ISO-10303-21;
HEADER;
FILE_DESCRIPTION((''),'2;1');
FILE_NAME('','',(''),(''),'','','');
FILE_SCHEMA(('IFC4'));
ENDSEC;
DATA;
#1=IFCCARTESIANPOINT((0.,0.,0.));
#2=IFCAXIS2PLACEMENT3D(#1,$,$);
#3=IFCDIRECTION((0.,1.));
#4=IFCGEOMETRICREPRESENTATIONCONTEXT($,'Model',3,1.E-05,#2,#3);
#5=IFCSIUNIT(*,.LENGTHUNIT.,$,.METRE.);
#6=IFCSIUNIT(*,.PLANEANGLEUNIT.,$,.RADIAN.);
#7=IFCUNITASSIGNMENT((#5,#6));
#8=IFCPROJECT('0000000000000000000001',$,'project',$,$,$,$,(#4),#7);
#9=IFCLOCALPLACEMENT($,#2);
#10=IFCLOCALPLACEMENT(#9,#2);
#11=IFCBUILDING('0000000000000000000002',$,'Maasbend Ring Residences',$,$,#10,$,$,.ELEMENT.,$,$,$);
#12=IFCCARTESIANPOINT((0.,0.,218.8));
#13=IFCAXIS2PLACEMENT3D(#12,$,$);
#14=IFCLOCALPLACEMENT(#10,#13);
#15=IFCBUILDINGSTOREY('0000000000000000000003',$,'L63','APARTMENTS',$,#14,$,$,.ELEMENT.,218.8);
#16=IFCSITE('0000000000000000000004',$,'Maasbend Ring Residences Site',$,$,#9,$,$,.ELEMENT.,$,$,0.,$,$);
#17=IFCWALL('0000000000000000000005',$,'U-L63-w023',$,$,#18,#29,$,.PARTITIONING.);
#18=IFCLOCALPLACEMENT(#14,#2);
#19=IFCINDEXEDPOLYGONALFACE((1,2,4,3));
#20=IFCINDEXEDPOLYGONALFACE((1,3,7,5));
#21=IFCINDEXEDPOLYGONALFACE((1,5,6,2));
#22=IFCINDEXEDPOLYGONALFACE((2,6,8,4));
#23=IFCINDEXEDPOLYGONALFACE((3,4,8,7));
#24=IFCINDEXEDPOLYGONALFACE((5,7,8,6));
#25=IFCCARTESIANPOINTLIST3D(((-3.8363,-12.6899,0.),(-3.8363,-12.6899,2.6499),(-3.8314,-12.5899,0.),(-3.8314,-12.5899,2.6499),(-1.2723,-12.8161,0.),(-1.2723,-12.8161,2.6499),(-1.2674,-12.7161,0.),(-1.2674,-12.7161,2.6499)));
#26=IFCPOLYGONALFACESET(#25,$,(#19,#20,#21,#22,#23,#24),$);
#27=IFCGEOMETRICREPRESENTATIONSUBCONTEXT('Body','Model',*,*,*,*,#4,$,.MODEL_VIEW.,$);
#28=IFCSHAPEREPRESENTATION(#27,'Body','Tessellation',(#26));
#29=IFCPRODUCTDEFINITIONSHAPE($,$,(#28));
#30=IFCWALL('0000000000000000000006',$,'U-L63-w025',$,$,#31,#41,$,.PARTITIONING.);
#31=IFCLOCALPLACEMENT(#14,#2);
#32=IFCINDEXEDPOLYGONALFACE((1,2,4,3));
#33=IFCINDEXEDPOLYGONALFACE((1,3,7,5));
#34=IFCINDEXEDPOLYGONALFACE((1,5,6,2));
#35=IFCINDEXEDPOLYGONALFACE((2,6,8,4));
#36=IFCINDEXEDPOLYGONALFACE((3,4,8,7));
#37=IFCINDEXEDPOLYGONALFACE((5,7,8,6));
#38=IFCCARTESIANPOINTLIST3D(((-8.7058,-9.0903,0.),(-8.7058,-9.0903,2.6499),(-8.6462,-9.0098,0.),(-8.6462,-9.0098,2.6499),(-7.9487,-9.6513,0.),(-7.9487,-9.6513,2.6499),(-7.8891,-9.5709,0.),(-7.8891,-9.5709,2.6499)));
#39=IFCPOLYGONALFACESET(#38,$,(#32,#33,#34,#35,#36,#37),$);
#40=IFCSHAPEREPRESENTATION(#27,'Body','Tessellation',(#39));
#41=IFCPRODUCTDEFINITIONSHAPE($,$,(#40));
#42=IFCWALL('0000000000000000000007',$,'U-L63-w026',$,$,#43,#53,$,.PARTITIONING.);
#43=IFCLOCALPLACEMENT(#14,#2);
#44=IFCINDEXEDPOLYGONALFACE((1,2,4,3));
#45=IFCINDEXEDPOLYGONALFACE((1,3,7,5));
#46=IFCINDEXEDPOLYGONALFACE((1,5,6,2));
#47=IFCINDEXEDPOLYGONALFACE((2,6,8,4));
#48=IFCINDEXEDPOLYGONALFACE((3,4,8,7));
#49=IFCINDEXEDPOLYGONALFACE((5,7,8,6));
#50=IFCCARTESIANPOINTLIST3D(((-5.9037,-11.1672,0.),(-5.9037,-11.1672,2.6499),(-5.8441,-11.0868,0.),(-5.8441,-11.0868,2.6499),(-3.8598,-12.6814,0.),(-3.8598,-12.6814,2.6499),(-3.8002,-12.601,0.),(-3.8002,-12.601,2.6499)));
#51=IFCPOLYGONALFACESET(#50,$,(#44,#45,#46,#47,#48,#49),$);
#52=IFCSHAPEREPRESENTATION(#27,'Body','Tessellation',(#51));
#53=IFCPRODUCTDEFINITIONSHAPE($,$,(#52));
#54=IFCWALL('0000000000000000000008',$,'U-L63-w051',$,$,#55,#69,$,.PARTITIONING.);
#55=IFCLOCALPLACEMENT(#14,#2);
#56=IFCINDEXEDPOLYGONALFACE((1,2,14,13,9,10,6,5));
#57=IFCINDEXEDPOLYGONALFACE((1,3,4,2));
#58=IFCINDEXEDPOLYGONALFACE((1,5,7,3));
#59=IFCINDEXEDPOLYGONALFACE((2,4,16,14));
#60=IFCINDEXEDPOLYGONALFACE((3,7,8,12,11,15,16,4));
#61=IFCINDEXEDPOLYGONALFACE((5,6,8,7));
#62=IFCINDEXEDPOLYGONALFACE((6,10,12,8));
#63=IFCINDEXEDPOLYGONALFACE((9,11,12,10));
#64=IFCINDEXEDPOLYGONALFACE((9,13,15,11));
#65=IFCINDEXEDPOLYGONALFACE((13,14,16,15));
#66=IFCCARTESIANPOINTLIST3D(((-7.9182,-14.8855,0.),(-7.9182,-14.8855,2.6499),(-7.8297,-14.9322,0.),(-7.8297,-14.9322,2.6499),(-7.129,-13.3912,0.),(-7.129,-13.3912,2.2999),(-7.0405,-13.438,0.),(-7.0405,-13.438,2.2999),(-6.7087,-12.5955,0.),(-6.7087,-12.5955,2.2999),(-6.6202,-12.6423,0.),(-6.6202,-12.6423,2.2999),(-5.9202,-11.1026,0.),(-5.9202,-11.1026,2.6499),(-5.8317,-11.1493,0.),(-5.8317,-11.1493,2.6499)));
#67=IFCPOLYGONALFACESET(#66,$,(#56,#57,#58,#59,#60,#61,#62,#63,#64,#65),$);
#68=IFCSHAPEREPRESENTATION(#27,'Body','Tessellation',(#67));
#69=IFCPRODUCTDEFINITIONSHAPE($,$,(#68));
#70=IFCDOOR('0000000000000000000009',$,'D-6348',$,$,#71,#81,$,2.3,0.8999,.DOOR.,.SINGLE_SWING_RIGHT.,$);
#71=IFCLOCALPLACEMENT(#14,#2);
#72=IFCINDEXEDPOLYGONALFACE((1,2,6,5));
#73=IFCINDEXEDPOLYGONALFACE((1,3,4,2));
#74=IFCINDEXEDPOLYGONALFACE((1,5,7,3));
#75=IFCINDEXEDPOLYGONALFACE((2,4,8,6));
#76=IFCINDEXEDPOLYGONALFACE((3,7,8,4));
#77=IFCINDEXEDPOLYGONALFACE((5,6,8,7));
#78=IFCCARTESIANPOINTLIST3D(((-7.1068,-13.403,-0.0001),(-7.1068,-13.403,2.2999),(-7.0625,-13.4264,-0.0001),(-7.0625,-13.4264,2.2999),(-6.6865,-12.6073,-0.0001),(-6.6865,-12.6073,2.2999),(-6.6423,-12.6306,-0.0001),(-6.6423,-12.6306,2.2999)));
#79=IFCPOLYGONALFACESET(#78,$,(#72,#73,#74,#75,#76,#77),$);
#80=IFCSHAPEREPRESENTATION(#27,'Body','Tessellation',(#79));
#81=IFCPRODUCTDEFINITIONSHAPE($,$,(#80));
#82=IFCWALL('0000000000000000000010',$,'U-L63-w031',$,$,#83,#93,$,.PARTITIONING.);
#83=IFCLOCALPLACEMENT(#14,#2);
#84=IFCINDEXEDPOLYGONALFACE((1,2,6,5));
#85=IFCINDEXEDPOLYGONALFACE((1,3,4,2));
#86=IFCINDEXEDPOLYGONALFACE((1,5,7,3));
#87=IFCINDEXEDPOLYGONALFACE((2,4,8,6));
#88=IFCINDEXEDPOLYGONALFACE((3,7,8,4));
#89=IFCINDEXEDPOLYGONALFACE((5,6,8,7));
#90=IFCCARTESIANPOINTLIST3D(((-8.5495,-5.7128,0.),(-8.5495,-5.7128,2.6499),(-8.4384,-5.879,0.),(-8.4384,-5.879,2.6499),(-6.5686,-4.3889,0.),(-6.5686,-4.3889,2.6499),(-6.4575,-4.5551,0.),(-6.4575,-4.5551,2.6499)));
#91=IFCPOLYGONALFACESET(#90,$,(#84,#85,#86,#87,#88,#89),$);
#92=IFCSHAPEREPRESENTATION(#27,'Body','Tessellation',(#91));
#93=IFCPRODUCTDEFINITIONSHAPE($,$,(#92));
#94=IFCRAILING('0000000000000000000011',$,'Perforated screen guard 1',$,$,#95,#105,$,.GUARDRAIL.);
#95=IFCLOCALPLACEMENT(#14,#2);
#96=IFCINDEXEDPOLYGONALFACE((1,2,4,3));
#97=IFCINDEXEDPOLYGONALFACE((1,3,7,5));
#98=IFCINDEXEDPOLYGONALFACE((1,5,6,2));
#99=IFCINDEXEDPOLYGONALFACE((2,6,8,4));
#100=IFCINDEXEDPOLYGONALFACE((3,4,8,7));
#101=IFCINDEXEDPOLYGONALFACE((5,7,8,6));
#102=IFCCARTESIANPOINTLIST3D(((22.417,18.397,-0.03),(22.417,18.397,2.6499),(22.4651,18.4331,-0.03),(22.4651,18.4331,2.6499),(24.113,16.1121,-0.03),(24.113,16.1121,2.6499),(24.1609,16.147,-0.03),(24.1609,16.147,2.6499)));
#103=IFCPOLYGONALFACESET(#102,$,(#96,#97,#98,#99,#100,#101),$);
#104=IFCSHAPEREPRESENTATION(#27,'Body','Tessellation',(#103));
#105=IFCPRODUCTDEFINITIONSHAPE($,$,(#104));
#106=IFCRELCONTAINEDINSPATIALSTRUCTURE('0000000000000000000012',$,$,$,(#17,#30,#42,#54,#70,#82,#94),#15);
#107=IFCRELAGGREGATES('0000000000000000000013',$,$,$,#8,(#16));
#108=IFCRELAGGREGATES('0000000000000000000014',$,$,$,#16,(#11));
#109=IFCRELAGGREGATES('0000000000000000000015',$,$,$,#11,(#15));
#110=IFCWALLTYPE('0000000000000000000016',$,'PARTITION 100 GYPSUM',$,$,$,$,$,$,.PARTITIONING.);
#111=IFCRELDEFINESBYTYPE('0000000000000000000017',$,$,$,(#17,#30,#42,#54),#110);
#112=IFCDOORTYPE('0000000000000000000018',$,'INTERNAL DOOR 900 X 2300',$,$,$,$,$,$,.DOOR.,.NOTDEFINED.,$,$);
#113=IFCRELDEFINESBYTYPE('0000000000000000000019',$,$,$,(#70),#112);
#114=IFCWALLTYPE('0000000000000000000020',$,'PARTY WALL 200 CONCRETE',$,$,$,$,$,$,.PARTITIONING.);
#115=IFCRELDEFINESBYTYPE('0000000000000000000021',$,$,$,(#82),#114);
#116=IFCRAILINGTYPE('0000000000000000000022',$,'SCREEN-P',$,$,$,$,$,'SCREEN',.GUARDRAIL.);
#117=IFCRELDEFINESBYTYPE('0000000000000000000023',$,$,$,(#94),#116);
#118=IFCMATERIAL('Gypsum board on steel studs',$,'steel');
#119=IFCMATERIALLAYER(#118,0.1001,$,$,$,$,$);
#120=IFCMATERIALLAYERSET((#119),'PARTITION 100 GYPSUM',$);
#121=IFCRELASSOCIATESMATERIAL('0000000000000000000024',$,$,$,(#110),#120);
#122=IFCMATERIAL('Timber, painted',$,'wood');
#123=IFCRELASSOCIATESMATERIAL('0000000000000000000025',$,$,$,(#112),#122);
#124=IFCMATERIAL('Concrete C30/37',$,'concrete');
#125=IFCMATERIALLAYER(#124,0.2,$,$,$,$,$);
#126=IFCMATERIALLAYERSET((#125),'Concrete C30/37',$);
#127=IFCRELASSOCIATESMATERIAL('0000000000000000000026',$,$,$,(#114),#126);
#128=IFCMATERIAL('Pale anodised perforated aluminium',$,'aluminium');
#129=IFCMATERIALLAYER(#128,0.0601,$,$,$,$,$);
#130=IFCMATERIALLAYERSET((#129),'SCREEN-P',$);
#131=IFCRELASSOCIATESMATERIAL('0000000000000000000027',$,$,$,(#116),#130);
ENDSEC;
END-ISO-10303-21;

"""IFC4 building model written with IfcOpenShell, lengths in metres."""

from ifc_helpers import new_model, si_unit, direction, frame, frame_2d, origin, place, context, subcontext, project, spatial, polyline, rectangle, outline, extrude, material, layer, layer_set, type_object, element, fill, save


model = new_model("IFC4")

# Units and contexts
model_context = context("Model", 3, precision=1e-05, world=origin(), true_north=direction((0.0, 1.0)))
body_context = subcontext(model_context, "Body", "Model", "MODEL_VIEW")
ifc_project = project(units=[si_unit("LENGTHUNIT", "METRE"), si_unit("PLANEANGLEUNIT", "RADIAN")], contexts=[model_context])

# Site, building, storey
site_placement = place(None, origin())
site = spatial("IfcSite", under=ifc_project, at=site_placement, Name="Maasbend Ring Residences Site", CompositionType="ELEMENT", RefElevation=0.0)
building_placement = place(site_placement, origin())
building = spatial("IfcBuilding", under=site, at=building_placement, Name="Maasbend Ring Residences", CompositionType="ELEMENT")
storey_placement = place(building_placement, frame((0.0, 0.0, 218.8)))
storey = spatial("IfcBuildingStorey", under=building, at=storey_placement, Name="L63", Description="APARTMENTS", CompositionType="ELEMENT", Elevation=218.8)

# Walls
ifc_material_1 = material(Name="Gypsum board on steel studs", Category="steel")
ifc_layer_1 = layer(ifc_material_1, 0.1001)
ifc_layer_set_1 = layer_set([ifc_layer_1], Name="PARTITION 100 GYPSUM")
wall_type_1 = type_object("IfcWallType", Name="PARTITION 100 GYPSUM", PredefinedType="PARTITIONING", material=ifc_layer_set_1)
wall_1_placement = place(storey_placement, frame((-3.834, -12.6399, 0.0), z_axis=(0.0, 0.0, 1.0), x_axis=(0.99879, -0.049169, 0.0)))
element("IfcWall", 1, at=wall_1_placement, inside=storey, type_object=wall_type_1, Name="U-L63-w023", PredefinedType="PARTITIONING", context=body_context, shape_type="SweptSolid", body=[
    extrude(rectangle(XDim=2.5671, YDim=0.1001, at=frame_2d((1.2837, 0.0))), origin(), (0.0, 0.0, 1.0), 2.6499),
])
wall_2_placement = place(storey_placement, frame((-8.676, -9.05, 0.0), z_axis=(0.0, 0.0, 1.0), x_axis=(0.803438, -0.595389, 0.0)))
element("IfcWall", 2, at=wall_2_placement, inside=storey, type_object=wall_type_1, Name="U-L63-w025", PredefinedType="PARTITIONING", context=body_context, shape_type="SweptSolid", body=[
    extrude(rectangle(XDim=0.9424, YDim=0.1001, at=frame_2d((0.4712, 0.0))), origin(), (0.0, 0.0, 1.0), 2.6499),
])
wall_3_placement = place(storey_placement, frame((-5.874, -11.127, 0.0), z_axis=(0.0, 0.0, 1.0), x_axis=(0.803533, -0.59526, 0.0)))
element("IfcWall", 3, at=wall_3_placement, inside=storey, type_object=wall_type_1, Name="U-L63-w026", PredefinedType="PARTITIONING", context=body_context, shape_type="SweptSolid", body=[
    extrude(rectangle(XDim=2.5437, YDim=0.1001, at=frame_2d((1.272, 0.0))), origin(), (0.0, 0.0, 1.0), 2.6499),
])

# Wall, opening, door
wall_4_placement = place(storey_placement, frame((-7.874, -14.9089, 0.0), z_axis=(0.0, 0.0, 1.0), x_axis=(0.46703, 0.884241, 0.0)))
wall_4 = element("IfcWall", 4, at=wall_4_placement, inside=storey, type_object=wall_type_1, Name="U-L63-w051", PredefinedType="PARTITIONING", context=body_context, shape_type="SweptSolid", body=[
    extrude(rectangle(XDim=4.2781, YDim=0.1001, at=frame_2d((2.1392, 0.0))), origin(), (0.0, 0.0, 1.0), 2.6499),
])
opening_placement = place(wall_4_placement, frame((1.6899, 0.0, 0.0)))
opening = element("IfcOpeningElement", 5, at=opening_placement, cuts=wall_4, PredefinedType="OPENING", context=body_context, shape_type="SweptSolid", body=[
    extrude(rectangle(XDim=0.8999, YDim=2.3, at=frame_2d((0.45, 1.1499))), frame((0.0, 0.0601, 0.0), z_axis=(0.0, -1.0, 0.0), x_axis=(1.0, 0.0, 0.0)), (0.0, 0.0, 1.0), 0.1201),
])
ifc_material_2 = material(Name="Timber, painted", Category="wood")
door_type = type_object("IfcDoorType", Name="INTERNAL DOOR 900 X 2300", OperationType="NOTDEFINED", PredefinedType="DOOR", material=ifc_material_2)
door_placement = place(opening_placement, origin())
door = element("IfcDoor", 6, at=door_placement, inside=storey, type_object=door_type, Name="D-6348", OperationType="SINGLE_SWING_RIGHT", OverallHeight=2.3, OverallWidth=0.8999, PredefinedType="DOOR", context=body_context, shape_type="SweptSolid", body=[
    extrude(rectangle(XDim=0.8999, YDim=2.3, at=frame_2d((0.45, 1.1499))), frame((0.0, 0.0249, 0.0), z_axis=(0.0, -1.0, 0.0), x_axis=(1.0, 0.0, 0.0)), (0.0, 0.0, 1.0), 0.05),
])
fill(opening, door)

# Wall
ifc_material_3 = material(Name="Concrete C30/37", Category="concrete")
ifc_layer_2 = layer(ifc_material_3, 0.2)
ifc_layer_set_2 = layer_set([ifc_layer_2], Name="Concrete C30/37")
wall_type_2 = type_object("IfcWallType", Name="PARTY WALL 200 CONCRETE", PredefinedType="PARTITIONING", material=ifc_layer_set_2)
wall_5_placement = place(storey_placement, frame((-6.5129, -4.4719, 0.0), z_axis=(0.0, 0.0, 1.0), x_axis=(-0.831403, -0.555669, 0.0)))
element("IfcWall", 7, at=wall_5_placement, inside=storey, type_object=wall_type_2, Name="U-L63-w031", PredefinedType="PARTITIONING", context=body_context, shape_type="SweptSolid", body=[
    extrude(rectangle(XDim=2.3826, YDim=0.2, at=frame_2d((1.1914, 0.0))), origin(), (0.0, 0.0, 1.0), 2.6499),
])

# Railing
ifc_material_4 = material(Name="Pale anodised perforated aluminium", Category="aluminium")
ifc_layer_3 = layer(ifc_material_4, 0.0601)
ifc_layer_set_3 = layer_set([ifc_layer_3], Name="SCREEN-P")
railing_type = type_object("IfcRailingType", Name="SCREEN-P", ElementType="SCREEN", PredefinedType="GUARDRAIL", material=ifc_layer_set_3)
railing_placement = place(storey_placement, frame((0.0, 0.0, -0.03)))
element("IfcRailing", 8, at=railing_placement, inside=storey, type_object=railing_type, Name="Perforated screen guard 1", PredefinedType="GUARDRAIL", context=body_context, shape_type="SweptSolid", body=[
    extrude(outline(polyline([(24.113, 16.1121), (22.417, 18.397), (22.4651, 18.4331), (24.1609, 16.147), (24.113, 16.1121)])), origin(), (0.0, 0.0, 1.0), 2.6799),
])

save(model, "model.ifc")
